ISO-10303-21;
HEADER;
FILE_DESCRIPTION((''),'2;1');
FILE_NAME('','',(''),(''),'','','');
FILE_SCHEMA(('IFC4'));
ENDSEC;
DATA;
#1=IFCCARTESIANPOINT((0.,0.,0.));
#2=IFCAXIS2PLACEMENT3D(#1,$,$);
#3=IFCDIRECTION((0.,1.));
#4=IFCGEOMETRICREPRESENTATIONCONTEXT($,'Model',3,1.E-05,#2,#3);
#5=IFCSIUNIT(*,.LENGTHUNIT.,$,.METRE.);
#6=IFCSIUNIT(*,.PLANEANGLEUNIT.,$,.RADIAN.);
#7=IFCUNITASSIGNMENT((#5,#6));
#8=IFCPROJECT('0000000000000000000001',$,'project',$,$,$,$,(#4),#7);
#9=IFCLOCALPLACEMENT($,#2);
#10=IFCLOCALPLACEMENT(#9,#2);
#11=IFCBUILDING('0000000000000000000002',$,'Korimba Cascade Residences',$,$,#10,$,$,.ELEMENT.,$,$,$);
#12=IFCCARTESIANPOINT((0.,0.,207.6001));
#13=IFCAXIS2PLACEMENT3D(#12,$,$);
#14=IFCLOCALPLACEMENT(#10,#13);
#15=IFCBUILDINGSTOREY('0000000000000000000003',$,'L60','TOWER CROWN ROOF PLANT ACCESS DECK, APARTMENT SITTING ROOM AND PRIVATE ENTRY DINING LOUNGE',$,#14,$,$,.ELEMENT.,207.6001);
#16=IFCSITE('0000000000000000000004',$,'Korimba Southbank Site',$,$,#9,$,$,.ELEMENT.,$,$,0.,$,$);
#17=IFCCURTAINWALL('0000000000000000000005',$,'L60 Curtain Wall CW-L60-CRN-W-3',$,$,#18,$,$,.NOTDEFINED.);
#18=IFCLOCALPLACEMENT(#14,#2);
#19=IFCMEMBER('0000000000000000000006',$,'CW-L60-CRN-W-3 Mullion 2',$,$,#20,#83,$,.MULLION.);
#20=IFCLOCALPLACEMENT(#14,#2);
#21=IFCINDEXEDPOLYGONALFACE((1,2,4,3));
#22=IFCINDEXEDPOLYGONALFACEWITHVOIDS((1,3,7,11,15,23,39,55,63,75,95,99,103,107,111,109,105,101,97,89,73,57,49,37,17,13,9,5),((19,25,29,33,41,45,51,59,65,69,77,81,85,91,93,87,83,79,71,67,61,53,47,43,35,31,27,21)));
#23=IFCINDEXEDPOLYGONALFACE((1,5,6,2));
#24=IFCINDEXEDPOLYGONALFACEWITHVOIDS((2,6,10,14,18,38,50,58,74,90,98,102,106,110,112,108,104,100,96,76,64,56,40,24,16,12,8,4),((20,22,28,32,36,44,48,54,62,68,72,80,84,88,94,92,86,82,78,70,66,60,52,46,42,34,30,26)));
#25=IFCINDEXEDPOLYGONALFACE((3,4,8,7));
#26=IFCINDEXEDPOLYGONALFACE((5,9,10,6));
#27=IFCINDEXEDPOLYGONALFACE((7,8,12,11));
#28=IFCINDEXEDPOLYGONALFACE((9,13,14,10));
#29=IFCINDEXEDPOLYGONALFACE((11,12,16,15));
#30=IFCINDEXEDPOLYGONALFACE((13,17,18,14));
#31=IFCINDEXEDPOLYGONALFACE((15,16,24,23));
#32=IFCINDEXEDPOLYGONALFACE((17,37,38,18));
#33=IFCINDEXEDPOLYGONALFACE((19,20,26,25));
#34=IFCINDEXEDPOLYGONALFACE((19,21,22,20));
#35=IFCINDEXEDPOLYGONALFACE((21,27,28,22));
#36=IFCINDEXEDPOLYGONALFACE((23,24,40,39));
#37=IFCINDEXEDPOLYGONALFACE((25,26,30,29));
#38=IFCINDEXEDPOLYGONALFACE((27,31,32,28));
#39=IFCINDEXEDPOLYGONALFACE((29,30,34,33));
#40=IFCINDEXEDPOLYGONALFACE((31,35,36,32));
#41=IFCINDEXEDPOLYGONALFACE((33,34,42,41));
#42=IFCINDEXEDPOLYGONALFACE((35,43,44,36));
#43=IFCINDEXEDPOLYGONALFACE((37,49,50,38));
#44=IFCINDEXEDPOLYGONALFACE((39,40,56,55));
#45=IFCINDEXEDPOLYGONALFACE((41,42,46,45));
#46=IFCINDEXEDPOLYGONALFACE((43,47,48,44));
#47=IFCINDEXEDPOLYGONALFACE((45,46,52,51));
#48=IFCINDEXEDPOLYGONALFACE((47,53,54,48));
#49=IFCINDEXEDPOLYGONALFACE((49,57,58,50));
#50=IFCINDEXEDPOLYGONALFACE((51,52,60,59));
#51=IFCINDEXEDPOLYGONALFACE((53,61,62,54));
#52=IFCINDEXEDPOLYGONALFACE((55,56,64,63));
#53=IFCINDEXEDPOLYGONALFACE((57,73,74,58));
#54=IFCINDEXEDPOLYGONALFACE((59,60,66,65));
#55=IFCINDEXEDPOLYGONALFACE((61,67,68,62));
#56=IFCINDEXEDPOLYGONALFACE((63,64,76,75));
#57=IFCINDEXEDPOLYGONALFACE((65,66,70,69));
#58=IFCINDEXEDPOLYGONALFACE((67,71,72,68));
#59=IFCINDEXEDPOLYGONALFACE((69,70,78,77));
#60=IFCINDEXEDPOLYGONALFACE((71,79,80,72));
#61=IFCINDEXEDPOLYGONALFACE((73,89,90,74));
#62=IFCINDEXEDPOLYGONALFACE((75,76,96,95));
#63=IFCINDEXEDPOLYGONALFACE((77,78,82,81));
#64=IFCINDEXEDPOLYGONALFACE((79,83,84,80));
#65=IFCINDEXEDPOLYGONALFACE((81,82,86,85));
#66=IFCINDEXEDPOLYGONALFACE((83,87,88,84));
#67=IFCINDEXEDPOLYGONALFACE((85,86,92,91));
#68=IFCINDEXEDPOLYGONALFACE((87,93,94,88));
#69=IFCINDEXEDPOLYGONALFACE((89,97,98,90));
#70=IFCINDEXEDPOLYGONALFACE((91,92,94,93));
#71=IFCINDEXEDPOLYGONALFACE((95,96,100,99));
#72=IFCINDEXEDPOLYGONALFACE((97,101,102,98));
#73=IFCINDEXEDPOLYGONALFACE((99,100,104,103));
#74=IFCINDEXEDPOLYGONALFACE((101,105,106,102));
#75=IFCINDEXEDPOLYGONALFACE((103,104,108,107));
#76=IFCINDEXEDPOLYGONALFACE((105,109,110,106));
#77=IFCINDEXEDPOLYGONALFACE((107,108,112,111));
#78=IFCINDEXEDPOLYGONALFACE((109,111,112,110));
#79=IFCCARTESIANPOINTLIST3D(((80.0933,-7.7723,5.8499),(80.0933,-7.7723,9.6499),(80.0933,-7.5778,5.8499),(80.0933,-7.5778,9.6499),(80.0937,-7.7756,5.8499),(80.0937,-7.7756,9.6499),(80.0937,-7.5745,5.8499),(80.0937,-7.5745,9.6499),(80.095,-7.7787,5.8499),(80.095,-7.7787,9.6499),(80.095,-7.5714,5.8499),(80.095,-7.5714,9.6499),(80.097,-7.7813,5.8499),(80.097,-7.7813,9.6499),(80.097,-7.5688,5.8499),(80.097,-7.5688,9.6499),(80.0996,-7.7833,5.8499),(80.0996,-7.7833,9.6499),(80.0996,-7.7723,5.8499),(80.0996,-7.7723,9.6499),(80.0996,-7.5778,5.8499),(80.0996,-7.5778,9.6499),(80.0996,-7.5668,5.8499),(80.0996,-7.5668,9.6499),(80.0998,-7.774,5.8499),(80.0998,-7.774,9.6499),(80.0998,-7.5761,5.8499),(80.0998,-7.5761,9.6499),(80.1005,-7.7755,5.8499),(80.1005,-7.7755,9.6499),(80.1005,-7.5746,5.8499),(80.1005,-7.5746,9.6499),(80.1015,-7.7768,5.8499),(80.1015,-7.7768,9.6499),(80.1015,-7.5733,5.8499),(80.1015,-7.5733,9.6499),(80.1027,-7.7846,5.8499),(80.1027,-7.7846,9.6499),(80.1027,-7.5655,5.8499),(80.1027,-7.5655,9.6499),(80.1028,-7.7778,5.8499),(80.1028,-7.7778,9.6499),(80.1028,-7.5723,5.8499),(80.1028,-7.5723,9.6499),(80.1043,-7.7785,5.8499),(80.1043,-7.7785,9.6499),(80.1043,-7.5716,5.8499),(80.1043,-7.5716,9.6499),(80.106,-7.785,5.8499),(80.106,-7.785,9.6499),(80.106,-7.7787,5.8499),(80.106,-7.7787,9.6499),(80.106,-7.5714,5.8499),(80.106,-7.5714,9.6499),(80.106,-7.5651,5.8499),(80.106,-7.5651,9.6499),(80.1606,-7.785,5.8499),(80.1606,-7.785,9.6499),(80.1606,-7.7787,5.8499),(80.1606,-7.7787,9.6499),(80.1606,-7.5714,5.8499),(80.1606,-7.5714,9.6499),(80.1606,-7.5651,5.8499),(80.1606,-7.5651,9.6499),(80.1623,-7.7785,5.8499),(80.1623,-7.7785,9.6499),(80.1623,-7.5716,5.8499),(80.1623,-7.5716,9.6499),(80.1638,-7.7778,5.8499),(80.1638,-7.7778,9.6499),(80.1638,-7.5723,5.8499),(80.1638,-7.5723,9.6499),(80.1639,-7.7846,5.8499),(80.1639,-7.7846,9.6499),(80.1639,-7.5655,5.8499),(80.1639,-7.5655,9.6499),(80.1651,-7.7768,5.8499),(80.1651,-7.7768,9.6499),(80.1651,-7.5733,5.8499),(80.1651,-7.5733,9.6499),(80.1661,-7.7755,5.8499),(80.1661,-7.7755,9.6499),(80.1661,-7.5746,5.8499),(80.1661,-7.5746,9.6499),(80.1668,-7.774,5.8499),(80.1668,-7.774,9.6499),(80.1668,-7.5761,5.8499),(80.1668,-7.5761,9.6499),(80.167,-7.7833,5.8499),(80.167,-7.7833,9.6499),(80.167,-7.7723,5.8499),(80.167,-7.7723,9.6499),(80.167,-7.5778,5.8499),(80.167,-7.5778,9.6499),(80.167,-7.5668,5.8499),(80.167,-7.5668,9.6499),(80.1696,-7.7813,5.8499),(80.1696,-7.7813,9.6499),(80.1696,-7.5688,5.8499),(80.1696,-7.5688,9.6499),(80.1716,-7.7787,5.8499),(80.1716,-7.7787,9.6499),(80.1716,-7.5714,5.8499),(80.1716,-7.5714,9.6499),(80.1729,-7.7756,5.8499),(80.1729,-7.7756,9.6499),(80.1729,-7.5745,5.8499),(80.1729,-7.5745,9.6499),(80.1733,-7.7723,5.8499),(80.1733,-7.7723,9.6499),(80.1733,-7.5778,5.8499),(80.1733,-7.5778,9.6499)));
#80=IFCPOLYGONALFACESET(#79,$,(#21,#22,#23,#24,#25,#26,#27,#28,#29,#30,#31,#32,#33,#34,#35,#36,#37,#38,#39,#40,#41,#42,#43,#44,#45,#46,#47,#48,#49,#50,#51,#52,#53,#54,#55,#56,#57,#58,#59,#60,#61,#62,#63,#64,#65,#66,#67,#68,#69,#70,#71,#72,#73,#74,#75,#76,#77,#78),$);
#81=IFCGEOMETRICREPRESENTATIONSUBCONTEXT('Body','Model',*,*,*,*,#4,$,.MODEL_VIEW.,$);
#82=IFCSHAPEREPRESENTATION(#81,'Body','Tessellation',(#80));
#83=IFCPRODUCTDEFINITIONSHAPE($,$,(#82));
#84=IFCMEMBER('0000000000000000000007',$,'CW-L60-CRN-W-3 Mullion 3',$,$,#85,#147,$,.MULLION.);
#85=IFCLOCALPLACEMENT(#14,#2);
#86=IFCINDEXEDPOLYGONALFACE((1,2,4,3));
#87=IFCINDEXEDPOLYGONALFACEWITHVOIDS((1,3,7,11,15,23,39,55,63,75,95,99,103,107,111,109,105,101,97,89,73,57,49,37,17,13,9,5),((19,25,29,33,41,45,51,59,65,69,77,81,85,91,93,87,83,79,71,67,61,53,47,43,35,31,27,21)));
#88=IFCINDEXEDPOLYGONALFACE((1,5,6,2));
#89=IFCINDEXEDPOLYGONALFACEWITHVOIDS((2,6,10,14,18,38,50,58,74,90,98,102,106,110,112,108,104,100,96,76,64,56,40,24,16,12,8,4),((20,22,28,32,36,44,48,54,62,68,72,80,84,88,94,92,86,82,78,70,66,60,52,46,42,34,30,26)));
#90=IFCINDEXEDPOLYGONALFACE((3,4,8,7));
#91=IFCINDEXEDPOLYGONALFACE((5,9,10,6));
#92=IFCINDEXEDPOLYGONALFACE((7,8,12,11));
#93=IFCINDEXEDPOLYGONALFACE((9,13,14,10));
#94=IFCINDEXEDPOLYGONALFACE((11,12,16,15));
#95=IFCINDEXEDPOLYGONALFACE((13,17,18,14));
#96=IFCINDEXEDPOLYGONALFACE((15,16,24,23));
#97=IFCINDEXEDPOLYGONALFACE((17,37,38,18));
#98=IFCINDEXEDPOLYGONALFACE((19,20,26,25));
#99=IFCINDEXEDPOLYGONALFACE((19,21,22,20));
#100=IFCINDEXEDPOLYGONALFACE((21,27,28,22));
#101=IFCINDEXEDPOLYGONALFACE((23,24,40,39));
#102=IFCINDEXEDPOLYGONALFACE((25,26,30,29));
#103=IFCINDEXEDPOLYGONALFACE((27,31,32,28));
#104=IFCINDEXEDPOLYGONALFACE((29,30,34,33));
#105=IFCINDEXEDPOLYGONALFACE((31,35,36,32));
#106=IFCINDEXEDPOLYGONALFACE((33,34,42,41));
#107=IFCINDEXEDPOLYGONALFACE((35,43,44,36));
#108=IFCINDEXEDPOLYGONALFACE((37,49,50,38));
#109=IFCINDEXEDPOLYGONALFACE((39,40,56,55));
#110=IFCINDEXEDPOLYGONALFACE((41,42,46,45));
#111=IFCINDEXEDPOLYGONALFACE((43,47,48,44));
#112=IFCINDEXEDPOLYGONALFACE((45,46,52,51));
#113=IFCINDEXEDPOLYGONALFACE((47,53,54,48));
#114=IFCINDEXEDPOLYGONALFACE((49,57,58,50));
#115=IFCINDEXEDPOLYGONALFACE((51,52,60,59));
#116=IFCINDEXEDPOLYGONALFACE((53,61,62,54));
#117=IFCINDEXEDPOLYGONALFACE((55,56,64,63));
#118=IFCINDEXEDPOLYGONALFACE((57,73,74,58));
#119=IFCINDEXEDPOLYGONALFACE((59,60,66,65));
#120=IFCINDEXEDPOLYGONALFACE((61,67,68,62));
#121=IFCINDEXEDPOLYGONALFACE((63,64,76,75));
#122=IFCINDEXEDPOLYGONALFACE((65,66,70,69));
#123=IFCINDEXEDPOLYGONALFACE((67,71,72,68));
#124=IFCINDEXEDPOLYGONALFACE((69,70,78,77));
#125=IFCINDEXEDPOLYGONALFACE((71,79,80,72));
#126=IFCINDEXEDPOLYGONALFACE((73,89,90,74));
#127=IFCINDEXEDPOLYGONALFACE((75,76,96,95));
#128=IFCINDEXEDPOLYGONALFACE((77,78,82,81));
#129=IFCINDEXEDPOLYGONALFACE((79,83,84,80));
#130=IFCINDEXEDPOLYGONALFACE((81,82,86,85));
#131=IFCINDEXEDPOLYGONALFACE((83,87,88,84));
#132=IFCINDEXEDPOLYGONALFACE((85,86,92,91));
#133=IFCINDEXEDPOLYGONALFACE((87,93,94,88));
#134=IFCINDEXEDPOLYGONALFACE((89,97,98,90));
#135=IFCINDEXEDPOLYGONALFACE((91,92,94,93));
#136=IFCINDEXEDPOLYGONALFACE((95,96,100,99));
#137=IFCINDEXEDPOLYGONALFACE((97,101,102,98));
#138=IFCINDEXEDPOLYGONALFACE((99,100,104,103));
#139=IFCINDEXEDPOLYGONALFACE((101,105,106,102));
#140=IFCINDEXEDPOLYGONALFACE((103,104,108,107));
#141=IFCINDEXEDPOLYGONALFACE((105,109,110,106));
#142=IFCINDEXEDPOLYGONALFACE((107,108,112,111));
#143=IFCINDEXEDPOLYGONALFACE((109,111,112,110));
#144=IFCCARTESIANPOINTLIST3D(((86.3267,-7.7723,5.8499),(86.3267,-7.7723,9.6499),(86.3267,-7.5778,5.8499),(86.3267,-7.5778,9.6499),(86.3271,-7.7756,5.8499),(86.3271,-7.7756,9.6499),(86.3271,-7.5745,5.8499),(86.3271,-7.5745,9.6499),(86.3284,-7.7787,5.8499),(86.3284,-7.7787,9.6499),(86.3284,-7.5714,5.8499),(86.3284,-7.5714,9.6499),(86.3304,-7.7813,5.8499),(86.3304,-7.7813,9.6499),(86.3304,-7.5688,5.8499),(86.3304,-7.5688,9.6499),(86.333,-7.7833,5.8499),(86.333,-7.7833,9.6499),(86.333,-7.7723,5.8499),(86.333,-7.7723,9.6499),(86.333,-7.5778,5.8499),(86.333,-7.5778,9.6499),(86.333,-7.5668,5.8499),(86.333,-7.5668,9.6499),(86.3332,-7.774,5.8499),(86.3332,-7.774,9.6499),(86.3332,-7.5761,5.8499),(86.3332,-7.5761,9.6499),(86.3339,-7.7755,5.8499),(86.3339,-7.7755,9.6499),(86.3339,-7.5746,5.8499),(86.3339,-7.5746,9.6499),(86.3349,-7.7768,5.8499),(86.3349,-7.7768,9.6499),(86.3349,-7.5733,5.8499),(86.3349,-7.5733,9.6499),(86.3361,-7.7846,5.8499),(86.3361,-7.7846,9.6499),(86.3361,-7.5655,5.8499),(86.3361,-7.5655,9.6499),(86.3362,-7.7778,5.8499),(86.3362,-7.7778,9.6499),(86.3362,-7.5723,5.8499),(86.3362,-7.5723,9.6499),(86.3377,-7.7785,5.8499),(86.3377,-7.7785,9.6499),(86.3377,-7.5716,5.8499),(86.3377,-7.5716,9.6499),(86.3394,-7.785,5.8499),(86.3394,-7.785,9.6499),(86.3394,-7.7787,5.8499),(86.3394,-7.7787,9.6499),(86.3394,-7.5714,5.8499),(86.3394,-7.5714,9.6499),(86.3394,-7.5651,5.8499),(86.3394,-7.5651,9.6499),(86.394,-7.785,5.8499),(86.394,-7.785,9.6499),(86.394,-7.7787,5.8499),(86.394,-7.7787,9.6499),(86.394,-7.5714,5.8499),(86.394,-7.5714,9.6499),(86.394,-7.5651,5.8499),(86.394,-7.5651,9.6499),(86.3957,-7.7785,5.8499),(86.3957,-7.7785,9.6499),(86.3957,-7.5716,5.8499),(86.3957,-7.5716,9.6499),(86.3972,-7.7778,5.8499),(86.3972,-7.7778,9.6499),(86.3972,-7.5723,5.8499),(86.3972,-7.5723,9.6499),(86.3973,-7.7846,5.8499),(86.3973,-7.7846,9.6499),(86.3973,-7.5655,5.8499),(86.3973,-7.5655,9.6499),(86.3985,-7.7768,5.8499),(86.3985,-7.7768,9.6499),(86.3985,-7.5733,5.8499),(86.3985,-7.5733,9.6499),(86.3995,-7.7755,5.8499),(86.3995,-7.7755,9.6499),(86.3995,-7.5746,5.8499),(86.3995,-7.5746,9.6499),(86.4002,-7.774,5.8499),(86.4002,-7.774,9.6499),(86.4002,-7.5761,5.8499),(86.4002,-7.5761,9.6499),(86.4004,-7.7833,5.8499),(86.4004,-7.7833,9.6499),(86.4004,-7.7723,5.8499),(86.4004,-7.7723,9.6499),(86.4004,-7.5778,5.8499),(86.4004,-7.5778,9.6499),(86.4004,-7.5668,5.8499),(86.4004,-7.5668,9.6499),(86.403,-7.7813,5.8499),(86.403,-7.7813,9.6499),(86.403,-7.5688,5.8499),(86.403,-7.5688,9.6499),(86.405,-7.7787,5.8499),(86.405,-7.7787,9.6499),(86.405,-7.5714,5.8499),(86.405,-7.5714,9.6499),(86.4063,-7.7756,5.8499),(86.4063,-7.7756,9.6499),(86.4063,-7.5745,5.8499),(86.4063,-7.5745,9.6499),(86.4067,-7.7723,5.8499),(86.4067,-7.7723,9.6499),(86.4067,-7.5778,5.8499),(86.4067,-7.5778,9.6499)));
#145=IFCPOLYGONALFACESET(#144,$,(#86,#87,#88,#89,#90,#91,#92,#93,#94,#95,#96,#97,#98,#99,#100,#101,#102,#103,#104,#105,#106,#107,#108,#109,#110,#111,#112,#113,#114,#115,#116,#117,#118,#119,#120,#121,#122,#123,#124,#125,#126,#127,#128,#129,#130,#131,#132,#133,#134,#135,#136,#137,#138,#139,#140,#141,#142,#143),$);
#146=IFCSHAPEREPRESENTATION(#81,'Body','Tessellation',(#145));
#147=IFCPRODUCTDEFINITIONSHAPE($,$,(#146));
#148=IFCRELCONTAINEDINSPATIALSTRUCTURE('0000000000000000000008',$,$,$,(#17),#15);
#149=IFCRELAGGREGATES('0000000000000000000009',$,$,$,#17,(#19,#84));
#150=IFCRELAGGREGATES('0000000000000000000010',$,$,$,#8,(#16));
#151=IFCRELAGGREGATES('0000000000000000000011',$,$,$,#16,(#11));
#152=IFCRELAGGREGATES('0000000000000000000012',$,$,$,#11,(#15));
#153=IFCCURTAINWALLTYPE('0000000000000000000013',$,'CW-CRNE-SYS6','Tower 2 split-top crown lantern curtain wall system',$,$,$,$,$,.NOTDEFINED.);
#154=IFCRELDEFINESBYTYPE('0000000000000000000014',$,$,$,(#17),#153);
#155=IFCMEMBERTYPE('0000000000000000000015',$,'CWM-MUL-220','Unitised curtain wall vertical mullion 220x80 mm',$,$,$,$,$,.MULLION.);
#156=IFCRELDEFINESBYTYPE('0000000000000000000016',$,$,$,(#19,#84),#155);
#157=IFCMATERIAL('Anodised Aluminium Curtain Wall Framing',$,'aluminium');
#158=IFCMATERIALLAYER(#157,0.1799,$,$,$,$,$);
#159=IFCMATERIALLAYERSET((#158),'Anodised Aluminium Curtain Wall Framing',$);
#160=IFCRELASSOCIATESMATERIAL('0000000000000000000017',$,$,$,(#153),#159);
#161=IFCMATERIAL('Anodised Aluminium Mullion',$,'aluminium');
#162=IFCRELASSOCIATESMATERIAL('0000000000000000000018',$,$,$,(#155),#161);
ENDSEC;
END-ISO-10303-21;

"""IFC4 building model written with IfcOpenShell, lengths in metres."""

from ifc_helpers import new_model, si_unit, direction, frame, origin, origin_2d, place, context, subcontext, project, spatial, hollow_rectangle, extrude, material, layer, layer_set, material_profile, profile_set, type_object, element, aggregate, save


model = new_model("IFC4")

# Units and contexts
model_context = context("Model", 3, precision=1e-05, world=origin(), true_north=direction((0.0, 1.0)))
body_context = subcontext(model_context, "Body", "Model", "MODEL_VIEW")
ifc_project = project(units=[si_unit("LENGTHUNIT", "METRE"), si_unit("PLANEANGLEUNIT", "RADIAN")], contexts=[model_context])

# Site, building, storey
site_placement = place(None, origin())
site = spatial("IfcSite", under=ifc_project, at=site_placement, Name="Korimba Southbank Site", CompositionType="ELEMENT", RefElevation=0.0)
building_placement = place(site_placement, origin())
building = spatial("IfcBuilding", under=site, at=building_placement, Name="Korimba Cascade Residences", CompositionType="ELEMENT")
storey_placement = place(building_placement, frame((0.0, 0.0, 207.6001)))
storey = spatial("IfcBuildingStorey", under=building, at=storey_placement, Name="L60", Description="TOWER CROWN ROOF PLANT ACCESS DECK, APARTMENT SITTING ROOM AND PRIVATE ENTRY DINING LOUNGE", CompositionType="ELEMENT", Elevation=207.6001)

# Curtain wall, members
ifc_material_1 = material(Name="Anodised Aluminium Curtain Wall Framing", Category="aluminium")
ifc_layer_1 = layer(ifc_material_1, 0.1799)
ifc_layer_set_1 = layer_set([ifc_layer_1], Name="Anodised Aluminium Curtain Wall Framing")
curtain_wall_type = type_object("IfcCurtainWallType", Name="CW-CRNE-SYS6", Description="Tower 2 split-top crown lantern curtain wall system", PredefinedType="NOTDEFINED", material=ifc_layer_set_1)
curtain_wall_placement = place(storey_placement, origin())
curtain_wall = element("IfcCurtainWall", 1, at=curtain_wall_placement, inside=storey, type_object=curtain_wall_type, Name="L60 Curtain Wall CW-L60-CRN-W-3", PredefinedType="NOTDEFINED")
ifc_material_2 = material(Name="Anodised Aluminium Mullion", Category="aluminium")
ifc_material_profile_1 = material_profile(ifc_material_2, hollow_rectangle(XDim=0.0801, YDim=0.22, WallThickness=0.0063, InnerFilletRadius=0.0063, OuterFilletRadius=0.0127, at=origin_2d()), Name="Anodised Aluminium Mullion")
ifc_profile_set_1 = profile_set([ifc_material_profile_1], Name="Anodised Aluminium Mullion")
member_type_1 = type_object("IfcMemberType", Name="CWM-MUL-220", Description="Unitised curtain wall vertical mullion 220x80 mm", PredefinedType="MULLION", material=ifc_profile_set_1)
member_1_placement = place(storey_placement, frame((80.1333, -7.675, 5.8499), z_axis=(0.0, 0.0, 1.0), x_axis=(1.0, 0.0, 0.0)))
member_1 = element("IfcMember", 2, at=member_1_placement, type_object=member_type_1, Name="CW-L60-CRN-W-3 Mullion 2", PredefinedType="MULLION", context=body_context, shape_type="SweptSolid", body=[
    extrude(hollow_rectangle(XDim=0.0801, YDim=0.22, WallThickness=0.0063, InnerFilletRadius=0.0063, OuterFilletRadius=0.0127, at=origin_2d()), origin(), (0.0, 0.0, 1.0), 3.8),
])
member_2_placement = place(storey_placement, frame((86.3667, -7.675, 5.8499), z_axis=(0.0, 0.0, 1.0), x_axis=(1.0, 0.0, 0.0)))
member_2 = element("IfcMember", 3, at=member_2_placement, type_object=member_type_1, Name="CW-L60-CRN-W-3 Mullion 3", PredefinedType="MULLION", context=body_context, shape_type="SweptSolid", body=[
    extrude(hollow_rectangle(XDim=0.0801, YDim=0.22, WallThickness=0.0063, InnerFilletRadius=0.0063, OuterFilletRadius=0.0127, at=origin_2d()), origin(), (0.0, 0.0, 1.0), 3.8),
])

aggregate(curtain_wall, [member_1, member_2])

save(model, "model.ifc")
